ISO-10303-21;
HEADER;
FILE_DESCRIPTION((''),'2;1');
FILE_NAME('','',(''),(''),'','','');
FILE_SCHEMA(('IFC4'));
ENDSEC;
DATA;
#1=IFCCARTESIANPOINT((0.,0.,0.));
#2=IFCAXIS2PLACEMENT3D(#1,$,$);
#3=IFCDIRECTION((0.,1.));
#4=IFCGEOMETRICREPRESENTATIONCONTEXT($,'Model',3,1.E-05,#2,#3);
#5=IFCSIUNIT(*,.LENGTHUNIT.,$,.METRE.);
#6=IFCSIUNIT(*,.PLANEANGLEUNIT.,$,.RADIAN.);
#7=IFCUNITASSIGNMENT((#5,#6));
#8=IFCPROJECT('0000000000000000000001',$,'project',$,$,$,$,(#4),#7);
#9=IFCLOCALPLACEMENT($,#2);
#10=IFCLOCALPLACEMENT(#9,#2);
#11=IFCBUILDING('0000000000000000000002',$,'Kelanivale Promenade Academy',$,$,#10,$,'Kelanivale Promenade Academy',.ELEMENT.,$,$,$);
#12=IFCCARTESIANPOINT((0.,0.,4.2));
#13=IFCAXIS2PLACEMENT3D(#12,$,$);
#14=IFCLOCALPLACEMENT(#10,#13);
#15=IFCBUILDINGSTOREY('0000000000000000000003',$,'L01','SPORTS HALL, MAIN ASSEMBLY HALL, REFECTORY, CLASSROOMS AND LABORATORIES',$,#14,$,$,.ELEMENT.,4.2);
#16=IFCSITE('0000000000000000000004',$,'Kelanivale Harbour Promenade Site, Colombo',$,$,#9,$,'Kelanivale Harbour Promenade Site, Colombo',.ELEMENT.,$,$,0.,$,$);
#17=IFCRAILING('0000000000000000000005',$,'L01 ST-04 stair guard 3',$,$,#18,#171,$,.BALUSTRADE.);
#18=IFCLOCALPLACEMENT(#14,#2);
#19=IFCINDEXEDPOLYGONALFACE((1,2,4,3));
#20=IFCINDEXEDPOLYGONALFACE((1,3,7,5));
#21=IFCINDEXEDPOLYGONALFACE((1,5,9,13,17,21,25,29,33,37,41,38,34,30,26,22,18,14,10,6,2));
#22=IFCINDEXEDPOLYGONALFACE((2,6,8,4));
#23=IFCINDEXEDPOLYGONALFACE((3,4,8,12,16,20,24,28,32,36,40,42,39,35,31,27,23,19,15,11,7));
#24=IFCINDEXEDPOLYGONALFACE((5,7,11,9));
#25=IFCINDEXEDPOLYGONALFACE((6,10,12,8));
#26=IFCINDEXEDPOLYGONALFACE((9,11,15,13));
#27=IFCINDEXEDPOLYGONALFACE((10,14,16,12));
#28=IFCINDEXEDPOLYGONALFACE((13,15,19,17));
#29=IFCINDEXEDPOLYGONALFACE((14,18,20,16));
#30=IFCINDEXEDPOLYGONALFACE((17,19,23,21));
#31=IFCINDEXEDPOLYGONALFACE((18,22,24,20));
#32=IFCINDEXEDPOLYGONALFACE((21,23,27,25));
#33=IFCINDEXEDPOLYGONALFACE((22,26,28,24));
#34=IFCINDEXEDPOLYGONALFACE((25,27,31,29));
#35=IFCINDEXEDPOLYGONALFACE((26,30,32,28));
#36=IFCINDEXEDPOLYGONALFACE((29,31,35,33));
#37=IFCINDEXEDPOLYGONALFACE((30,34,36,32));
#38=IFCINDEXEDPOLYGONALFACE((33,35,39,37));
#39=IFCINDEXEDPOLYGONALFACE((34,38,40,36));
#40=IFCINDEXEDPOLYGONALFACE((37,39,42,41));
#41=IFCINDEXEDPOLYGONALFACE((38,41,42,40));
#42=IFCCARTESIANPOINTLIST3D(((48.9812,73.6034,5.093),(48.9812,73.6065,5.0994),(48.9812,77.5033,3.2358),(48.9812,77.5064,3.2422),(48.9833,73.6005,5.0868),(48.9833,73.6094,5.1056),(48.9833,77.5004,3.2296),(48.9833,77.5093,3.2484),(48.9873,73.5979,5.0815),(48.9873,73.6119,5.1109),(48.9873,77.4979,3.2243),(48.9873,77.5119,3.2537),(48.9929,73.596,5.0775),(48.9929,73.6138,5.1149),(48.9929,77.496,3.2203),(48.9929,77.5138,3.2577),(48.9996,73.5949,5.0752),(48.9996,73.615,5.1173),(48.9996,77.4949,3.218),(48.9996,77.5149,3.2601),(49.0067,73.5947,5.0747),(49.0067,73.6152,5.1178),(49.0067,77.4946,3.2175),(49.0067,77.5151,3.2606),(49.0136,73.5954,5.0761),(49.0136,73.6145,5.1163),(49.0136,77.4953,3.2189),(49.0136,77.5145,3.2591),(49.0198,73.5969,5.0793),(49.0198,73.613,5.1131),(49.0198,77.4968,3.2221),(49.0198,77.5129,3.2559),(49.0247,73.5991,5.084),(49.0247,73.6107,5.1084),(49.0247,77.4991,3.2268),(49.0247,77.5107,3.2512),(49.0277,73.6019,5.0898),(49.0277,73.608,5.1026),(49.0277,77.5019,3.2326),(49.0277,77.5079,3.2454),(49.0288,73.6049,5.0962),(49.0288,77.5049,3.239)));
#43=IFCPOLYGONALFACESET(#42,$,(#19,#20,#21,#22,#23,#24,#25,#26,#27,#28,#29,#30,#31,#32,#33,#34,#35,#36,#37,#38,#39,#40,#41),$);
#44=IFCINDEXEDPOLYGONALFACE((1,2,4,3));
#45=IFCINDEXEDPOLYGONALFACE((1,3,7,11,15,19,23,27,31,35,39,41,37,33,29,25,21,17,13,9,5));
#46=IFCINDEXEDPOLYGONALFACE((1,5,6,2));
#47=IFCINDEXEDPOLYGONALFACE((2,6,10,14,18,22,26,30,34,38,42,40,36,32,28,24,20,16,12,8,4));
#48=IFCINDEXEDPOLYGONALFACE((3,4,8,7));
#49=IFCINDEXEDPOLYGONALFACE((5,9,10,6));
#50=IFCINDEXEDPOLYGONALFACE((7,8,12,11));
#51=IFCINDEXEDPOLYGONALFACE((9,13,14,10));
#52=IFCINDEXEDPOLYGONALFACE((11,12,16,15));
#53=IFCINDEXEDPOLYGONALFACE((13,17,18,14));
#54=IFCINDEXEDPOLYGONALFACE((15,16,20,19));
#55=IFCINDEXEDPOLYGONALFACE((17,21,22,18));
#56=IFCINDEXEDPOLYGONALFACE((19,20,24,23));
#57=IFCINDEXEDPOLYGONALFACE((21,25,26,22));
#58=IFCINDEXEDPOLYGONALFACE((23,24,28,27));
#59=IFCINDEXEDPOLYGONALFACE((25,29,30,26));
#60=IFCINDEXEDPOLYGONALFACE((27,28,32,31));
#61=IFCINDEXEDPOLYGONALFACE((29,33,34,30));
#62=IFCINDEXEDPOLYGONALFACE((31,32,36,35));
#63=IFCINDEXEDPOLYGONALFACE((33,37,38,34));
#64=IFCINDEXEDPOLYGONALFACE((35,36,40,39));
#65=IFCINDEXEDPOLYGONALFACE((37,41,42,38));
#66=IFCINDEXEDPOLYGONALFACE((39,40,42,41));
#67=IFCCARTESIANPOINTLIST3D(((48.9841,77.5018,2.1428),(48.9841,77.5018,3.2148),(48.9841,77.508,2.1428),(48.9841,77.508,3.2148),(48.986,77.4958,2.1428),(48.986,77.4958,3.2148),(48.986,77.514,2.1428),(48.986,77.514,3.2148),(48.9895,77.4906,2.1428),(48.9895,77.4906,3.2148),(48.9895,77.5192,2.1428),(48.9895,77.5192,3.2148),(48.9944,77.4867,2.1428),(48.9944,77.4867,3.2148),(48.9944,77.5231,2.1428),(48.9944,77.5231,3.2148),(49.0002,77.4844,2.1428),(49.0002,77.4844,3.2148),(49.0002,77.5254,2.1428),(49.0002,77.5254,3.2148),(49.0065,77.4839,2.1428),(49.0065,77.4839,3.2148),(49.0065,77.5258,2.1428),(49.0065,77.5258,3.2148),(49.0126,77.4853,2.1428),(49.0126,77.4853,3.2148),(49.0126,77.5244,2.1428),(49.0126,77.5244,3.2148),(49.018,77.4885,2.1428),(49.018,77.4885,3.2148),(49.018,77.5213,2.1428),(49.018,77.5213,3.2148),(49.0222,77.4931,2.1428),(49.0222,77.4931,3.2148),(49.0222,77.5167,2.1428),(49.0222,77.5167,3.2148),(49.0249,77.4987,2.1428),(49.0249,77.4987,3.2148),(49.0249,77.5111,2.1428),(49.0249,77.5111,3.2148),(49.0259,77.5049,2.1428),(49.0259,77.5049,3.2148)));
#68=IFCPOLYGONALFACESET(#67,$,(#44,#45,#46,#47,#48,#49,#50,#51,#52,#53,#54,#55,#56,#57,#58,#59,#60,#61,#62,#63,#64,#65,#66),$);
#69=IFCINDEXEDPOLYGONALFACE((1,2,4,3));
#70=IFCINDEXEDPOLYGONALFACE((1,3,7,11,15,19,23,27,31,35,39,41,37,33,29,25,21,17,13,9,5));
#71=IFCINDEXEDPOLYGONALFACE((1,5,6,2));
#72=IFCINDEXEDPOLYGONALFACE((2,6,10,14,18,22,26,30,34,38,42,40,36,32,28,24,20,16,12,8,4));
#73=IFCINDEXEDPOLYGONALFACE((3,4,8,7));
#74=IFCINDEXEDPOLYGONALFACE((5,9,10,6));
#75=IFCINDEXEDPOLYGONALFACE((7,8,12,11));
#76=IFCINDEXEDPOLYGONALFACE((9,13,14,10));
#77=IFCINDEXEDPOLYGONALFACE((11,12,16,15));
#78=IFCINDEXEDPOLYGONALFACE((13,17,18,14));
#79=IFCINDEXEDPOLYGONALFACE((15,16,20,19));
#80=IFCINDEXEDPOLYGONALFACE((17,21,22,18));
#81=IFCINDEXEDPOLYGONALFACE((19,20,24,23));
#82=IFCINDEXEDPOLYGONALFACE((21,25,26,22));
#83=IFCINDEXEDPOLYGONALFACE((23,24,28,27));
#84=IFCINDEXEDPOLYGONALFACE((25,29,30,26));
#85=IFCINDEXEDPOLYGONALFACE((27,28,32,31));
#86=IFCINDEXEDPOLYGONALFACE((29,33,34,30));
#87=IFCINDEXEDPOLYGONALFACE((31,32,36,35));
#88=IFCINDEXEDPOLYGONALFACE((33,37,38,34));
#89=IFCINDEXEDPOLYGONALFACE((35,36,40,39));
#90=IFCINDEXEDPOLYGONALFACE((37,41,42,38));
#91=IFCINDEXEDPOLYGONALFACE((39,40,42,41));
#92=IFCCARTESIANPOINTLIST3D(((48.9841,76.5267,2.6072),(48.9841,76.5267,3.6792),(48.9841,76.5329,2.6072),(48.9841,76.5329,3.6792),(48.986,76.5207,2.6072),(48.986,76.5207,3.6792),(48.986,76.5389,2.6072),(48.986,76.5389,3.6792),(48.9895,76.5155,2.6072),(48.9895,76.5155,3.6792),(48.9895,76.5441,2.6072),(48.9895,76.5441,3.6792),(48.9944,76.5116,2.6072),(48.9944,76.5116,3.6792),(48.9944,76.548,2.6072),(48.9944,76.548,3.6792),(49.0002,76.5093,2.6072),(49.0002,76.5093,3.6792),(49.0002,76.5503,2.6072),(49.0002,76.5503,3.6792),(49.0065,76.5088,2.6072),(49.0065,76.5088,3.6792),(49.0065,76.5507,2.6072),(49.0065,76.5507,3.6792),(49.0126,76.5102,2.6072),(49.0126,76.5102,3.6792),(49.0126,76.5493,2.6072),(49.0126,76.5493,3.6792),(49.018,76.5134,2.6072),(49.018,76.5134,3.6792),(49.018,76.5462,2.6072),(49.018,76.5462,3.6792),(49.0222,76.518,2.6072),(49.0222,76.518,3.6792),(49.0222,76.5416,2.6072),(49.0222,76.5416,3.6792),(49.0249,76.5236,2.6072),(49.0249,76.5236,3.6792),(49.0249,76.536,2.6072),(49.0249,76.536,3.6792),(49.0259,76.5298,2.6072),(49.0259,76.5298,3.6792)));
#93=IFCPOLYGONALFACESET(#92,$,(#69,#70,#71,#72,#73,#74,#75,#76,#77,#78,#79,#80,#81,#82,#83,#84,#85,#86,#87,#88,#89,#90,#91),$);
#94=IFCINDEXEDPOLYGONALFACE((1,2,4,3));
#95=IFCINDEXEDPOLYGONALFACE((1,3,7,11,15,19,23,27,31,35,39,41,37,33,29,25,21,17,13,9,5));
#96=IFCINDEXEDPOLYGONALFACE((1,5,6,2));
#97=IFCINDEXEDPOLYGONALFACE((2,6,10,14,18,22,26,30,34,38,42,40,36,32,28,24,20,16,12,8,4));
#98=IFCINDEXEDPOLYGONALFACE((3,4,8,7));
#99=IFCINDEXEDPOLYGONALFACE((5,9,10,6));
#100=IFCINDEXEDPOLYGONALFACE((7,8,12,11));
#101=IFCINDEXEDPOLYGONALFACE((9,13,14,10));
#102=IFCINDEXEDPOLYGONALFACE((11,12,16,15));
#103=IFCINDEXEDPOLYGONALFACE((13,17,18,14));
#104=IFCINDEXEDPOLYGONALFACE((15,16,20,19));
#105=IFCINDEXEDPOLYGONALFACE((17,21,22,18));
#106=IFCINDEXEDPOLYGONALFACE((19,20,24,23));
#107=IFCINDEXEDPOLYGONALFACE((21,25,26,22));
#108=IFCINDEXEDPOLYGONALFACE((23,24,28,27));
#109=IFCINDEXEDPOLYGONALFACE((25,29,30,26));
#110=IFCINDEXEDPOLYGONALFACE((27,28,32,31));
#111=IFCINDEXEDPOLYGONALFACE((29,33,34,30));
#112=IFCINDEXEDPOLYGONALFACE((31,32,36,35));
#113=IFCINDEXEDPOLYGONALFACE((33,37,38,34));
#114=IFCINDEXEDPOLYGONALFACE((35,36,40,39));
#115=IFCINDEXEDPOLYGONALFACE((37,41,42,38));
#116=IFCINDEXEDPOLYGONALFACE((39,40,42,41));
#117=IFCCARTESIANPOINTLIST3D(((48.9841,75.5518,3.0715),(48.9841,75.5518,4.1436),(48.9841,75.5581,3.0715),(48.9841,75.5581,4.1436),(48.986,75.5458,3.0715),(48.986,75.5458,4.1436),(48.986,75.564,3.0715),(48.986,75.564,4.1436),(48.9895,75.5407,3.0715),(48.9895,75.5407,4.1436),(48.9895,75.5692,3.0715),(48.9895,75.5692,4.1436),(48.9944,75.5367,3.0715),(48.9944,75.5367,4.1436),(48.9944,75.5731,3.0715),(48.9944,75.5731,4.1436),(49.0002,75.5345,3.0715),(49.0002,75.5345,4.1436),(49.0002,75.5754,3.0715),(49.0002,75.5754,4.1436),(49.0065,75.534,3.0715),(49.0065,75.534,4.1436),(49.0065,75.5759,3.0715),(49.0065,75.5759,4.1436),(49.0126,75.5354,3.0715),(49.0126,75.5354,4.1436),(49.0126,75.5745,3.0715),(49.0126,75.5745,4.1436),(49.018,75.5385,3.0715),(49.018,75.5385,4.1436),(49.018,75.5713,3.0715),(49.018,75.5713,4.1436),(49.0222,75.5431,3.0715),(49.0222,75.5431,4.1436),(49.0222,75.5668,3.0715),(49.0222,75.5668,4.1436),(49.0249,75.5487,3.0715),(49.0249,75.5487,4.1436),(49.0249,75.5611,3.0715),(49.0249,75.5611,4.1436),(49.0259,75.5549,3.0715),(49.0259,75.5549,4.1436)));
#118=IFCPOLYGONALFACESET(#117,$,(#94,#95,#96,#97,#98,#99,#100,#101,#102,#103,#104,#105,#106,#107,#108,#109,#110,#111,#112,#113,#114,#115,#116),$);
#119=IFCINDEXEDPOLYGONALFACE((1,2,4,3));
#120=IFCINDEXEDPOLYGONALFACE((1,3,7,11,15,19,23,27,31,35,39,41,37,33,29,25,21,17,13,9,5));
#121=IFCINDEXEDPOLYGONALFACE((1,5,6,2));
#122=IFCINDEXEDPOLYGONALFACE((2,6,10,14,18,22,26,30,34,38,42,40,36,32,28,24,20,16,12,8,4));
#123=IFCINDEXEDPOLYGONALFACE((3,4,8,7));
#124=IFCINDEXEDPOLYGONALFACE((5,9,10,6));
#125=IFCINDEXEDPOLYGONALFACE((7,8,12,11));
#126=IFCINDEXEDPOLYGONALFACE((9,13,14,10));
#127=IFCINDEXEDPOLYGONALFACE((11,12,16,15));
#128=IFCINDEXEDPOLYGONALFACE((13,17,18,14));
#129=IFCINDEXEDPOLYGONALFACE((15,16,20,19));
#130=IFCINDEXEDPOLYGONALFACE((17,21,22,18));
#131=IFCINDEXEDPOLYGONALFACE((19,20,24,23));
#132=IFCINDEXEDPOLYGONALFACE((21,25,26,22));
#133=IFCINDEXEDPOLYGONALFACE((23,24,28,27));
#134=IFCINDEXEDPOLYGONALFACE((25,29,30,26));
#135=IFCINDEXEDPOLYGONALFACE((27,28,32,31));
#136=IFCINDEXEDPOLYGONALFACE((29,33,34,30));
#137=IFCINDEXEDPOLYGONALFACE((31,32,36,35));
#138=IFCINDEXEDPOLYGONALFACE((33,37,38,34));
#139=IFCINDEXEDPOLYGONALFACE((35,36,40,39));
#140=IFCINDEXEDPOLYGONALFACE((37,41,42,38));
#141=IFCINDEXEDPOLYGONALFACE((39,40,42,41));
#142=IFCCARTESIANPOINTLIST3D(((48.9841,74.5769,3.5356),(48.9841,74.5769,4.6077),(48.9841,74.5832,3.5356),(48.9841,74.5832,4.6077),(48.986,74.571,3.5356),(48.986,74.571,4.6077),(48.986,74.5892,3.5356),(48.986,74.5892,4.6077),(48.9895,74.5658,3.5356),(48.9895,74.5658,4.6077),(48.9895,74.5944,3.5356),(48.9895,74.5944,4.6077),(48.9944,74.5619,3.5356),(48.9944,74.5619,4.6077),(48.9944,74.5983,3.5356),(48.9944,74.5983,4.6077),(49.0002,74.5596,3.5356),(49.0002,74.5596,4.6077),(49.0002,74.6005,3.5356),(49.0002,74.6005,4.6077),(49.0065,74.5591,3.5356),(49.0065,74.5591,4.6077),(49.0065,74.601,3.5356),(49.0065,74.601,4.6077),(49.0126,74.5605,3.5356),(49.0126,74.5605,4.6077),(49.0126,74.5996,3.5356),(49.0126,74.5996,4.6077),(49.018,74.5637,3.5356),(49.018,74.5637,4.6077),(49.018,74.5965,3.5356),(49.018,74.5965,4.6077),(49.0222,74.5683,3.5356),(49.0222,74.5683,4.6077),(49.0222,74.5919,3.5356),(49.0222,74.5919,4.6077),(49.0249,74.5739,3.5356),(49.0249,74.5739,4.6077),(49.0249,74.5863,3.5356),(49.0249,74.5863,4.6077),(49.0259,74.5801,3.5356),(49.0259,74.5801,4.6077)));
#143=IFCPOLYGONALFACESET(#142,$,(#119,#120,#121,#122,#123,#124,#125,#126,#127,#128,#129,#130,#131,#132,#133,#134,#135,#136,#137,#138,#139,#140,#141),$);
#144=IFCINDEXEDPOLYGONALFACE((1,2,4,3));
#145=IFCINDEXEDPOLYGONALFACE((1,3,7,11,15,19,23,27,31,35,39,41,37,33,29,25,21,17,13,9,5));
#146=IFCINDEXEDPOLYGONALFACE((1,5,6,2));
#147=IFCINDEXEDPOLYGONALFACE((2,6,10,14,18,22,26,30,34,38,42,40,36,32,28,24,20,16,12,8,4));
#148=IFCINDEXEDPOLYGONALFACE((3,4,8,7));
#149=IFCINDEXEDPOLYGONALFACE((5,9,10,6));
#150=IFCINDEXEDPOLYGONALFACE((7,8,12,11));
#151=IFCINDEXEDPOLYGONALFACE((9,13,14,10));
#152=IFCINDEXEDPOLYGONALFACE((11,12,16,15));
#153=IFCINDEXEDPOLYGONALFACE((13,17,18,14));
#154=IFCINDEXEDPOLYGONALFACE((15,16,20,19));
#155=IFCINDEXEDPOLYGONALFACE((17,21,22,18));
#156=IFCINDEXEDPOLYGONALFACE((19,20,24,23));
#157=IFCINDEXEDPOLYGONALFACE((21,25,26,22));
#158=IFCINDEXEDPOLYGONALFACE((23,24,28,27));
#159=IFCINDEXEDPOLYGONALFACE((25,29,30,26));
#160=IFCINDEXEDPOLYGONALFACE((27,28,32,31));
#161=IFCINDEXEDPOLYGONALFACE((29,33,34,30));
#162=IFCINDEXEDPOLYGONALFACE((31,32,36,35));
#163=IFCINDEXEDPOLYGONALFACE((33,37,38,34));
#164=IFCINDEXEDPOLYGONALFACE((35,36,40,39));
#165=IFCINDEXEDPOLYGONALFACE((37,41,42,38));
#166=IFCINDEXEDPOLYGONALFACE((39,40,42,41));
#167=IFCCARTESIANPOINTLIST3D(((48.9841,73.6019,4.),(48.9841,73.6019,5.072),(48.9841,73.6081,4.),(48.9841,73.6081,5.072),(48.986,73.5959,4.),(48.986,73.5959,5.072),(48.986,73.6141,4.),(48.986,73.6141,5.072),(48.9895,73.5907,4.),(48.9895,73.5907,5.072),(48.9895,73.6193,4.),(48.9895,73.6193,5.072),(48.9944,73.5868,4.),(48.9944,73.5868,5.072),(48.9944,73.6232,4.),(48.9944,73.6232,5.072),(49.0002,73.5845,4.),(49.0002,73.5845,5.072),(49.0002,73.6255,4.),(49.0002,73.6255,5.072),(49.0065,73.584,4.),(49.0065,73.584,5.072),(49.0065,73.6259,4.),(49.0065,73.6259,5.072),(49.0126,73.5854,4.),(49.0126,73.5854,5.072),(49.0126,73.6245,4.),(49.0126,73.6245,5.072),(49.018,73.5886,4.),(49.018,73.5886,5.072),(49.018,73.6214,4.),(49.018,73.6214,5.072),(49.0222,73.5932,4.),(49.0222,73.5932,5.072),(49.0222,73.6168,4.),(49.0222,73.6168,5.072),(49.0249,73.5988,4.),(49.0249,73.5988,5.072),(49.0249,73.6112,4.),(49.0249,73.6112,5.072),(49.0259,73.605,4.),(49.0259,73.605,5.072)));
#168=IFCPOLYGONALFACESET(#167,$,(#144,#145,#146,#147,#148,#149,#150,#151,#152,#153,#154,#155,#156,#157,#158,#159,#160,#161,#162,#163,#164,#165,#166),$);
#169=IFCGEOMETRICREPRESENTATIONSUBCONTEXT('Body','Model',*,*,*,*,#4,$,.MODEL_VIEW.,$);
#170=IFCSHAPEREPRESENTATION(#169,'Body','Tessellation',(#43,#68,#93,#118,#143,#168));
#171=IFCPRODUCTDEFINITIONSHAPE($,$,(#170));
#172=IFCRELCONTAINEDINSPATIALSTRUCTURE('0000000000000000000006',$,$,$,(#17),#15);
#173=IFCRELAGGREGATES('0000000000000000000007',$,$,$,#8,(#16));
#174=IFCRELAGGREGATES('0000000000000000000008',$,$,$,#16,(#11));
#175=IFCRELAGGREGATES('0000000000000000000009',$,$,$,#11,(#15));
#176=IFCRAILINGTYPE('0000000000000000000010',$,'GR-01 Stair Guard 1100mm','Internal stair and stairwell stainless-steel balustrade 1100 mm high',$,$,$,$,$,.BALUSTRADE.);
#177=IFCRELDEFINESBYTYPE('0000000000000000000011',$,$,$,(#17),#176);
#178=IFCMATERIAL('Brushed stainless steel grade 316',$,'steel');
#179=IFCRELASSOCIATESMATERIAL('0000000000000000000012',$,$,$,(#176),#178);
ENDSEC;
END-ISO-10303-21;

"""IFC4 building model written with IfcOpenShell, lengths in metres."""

from ifc_helpers import new_model, si_unit, direction, frame, origin, origin_2d, place, context, subcontext, project, spatial, circle, extrude, material, type_object, element, save


model = new_model("IFC4")

# Units and contexts
model_context = context("Model", 3, precision=1e-05, world=origin(), true_north=direction((0.0, 1.0)))
body_context = subcontext(model_context, "Body", "Model", "MODEL_VIEW")
ifc_project = project(units=[si_unit("LENGTHUNIT", "METRE"), si_unit("PLANEANGLEUNIT", "RADIAN")], contexts=[model_context])

# Site, building, storey
site_placement = place(None, origin())
site = spatial("IfcSite", under=ifc_project, at=site_placement, Name="Kelanivale Harbour Promenade Site, Colombo", LongName="Kelanivale Harbour Promenade Site, Colombo", CompositionType="ELEMENT", RefElevation=0.0)
building_placement = place(site_placement, origin())
building = spatial("IfcBuilding", under=site, at=building_placement, Name="Kelanivale Promenade Academy", LongName="Kelanivale Promenade Academy", CompositionType="ELEMENT")
storey_placement = place(building_placement, frame((0.0, 0.0, 4.2)))
storey = spatial("IfcBuildingStorey", under=building, at=storey_placement, Name="L01", Description="SPORTS HALL, MAIN ASSEMBLY HALL, REFECTORY, CLASSROOMS AND LABORATORIES", CompositionType="ELEMENT", Elevation=4.2)

# Railing
ifc_material_1 = material(Name="Brushed stainless steel grade 316", Category="steel")
railing_type_1 = type_object("IfcRailingType", Name="GR-01 Stair Guard 1100mm", Description="Internal stair and stairwell stainless-steel balustrade 1100 mm high", PredefinedType="BALUSTRADE", material=ifc_material_1)
railing_1_placement = place(storey_placement, frame((49.0049, 77.5049, 2.1428)))
element("IfcRailing", 1, at=railing_1_placement, inside=storey, type_object=railing_type_1, Name="L01 ST-04 stair guard 3", PredefinedType="BALUSTRADE", context=body_context, shape_type="SweptSolid", body=[
    extrude(circle(Radius=0.0239, at=origin_2d()), frame((0.0, 0.0, 1.0962), z_axis=(0.0, -0.902853, 0.429949), x_axis=(1.0, 0.0, 0.0)), (0.0, 0.0, 1.0), 4.3196),
    extrude(circle(Radius=0.021, at=origin_2d()), origin(), (0.0, 0.0, 1.0), 1.072),
    extrude(circle(Radius=0.021, at=origin_2d()), frame((0.0, -0.9751, 0.4644)), (0.0, 0.0, 1.0), 1.072),
    extrude(circle(Radius=0.021, at=origin_2d()), frame((0.0, -1.95, 0.9287)), (0.0, 0.0, 1.0), 1.072),
    extrude(circle(Radius=0.021, at=origin_2d()), frame((0.0, -2.9248, 1.3928)), (0.0, 0.0, 1.0), 1.072),
    extrude(circle(Radius=0.021, at=origin_2d()), frame((0.0, -3.8999, 1.8572)), (0.0, 0.0, 1.0), 1.072),
])

save(model, "model.ifc")
